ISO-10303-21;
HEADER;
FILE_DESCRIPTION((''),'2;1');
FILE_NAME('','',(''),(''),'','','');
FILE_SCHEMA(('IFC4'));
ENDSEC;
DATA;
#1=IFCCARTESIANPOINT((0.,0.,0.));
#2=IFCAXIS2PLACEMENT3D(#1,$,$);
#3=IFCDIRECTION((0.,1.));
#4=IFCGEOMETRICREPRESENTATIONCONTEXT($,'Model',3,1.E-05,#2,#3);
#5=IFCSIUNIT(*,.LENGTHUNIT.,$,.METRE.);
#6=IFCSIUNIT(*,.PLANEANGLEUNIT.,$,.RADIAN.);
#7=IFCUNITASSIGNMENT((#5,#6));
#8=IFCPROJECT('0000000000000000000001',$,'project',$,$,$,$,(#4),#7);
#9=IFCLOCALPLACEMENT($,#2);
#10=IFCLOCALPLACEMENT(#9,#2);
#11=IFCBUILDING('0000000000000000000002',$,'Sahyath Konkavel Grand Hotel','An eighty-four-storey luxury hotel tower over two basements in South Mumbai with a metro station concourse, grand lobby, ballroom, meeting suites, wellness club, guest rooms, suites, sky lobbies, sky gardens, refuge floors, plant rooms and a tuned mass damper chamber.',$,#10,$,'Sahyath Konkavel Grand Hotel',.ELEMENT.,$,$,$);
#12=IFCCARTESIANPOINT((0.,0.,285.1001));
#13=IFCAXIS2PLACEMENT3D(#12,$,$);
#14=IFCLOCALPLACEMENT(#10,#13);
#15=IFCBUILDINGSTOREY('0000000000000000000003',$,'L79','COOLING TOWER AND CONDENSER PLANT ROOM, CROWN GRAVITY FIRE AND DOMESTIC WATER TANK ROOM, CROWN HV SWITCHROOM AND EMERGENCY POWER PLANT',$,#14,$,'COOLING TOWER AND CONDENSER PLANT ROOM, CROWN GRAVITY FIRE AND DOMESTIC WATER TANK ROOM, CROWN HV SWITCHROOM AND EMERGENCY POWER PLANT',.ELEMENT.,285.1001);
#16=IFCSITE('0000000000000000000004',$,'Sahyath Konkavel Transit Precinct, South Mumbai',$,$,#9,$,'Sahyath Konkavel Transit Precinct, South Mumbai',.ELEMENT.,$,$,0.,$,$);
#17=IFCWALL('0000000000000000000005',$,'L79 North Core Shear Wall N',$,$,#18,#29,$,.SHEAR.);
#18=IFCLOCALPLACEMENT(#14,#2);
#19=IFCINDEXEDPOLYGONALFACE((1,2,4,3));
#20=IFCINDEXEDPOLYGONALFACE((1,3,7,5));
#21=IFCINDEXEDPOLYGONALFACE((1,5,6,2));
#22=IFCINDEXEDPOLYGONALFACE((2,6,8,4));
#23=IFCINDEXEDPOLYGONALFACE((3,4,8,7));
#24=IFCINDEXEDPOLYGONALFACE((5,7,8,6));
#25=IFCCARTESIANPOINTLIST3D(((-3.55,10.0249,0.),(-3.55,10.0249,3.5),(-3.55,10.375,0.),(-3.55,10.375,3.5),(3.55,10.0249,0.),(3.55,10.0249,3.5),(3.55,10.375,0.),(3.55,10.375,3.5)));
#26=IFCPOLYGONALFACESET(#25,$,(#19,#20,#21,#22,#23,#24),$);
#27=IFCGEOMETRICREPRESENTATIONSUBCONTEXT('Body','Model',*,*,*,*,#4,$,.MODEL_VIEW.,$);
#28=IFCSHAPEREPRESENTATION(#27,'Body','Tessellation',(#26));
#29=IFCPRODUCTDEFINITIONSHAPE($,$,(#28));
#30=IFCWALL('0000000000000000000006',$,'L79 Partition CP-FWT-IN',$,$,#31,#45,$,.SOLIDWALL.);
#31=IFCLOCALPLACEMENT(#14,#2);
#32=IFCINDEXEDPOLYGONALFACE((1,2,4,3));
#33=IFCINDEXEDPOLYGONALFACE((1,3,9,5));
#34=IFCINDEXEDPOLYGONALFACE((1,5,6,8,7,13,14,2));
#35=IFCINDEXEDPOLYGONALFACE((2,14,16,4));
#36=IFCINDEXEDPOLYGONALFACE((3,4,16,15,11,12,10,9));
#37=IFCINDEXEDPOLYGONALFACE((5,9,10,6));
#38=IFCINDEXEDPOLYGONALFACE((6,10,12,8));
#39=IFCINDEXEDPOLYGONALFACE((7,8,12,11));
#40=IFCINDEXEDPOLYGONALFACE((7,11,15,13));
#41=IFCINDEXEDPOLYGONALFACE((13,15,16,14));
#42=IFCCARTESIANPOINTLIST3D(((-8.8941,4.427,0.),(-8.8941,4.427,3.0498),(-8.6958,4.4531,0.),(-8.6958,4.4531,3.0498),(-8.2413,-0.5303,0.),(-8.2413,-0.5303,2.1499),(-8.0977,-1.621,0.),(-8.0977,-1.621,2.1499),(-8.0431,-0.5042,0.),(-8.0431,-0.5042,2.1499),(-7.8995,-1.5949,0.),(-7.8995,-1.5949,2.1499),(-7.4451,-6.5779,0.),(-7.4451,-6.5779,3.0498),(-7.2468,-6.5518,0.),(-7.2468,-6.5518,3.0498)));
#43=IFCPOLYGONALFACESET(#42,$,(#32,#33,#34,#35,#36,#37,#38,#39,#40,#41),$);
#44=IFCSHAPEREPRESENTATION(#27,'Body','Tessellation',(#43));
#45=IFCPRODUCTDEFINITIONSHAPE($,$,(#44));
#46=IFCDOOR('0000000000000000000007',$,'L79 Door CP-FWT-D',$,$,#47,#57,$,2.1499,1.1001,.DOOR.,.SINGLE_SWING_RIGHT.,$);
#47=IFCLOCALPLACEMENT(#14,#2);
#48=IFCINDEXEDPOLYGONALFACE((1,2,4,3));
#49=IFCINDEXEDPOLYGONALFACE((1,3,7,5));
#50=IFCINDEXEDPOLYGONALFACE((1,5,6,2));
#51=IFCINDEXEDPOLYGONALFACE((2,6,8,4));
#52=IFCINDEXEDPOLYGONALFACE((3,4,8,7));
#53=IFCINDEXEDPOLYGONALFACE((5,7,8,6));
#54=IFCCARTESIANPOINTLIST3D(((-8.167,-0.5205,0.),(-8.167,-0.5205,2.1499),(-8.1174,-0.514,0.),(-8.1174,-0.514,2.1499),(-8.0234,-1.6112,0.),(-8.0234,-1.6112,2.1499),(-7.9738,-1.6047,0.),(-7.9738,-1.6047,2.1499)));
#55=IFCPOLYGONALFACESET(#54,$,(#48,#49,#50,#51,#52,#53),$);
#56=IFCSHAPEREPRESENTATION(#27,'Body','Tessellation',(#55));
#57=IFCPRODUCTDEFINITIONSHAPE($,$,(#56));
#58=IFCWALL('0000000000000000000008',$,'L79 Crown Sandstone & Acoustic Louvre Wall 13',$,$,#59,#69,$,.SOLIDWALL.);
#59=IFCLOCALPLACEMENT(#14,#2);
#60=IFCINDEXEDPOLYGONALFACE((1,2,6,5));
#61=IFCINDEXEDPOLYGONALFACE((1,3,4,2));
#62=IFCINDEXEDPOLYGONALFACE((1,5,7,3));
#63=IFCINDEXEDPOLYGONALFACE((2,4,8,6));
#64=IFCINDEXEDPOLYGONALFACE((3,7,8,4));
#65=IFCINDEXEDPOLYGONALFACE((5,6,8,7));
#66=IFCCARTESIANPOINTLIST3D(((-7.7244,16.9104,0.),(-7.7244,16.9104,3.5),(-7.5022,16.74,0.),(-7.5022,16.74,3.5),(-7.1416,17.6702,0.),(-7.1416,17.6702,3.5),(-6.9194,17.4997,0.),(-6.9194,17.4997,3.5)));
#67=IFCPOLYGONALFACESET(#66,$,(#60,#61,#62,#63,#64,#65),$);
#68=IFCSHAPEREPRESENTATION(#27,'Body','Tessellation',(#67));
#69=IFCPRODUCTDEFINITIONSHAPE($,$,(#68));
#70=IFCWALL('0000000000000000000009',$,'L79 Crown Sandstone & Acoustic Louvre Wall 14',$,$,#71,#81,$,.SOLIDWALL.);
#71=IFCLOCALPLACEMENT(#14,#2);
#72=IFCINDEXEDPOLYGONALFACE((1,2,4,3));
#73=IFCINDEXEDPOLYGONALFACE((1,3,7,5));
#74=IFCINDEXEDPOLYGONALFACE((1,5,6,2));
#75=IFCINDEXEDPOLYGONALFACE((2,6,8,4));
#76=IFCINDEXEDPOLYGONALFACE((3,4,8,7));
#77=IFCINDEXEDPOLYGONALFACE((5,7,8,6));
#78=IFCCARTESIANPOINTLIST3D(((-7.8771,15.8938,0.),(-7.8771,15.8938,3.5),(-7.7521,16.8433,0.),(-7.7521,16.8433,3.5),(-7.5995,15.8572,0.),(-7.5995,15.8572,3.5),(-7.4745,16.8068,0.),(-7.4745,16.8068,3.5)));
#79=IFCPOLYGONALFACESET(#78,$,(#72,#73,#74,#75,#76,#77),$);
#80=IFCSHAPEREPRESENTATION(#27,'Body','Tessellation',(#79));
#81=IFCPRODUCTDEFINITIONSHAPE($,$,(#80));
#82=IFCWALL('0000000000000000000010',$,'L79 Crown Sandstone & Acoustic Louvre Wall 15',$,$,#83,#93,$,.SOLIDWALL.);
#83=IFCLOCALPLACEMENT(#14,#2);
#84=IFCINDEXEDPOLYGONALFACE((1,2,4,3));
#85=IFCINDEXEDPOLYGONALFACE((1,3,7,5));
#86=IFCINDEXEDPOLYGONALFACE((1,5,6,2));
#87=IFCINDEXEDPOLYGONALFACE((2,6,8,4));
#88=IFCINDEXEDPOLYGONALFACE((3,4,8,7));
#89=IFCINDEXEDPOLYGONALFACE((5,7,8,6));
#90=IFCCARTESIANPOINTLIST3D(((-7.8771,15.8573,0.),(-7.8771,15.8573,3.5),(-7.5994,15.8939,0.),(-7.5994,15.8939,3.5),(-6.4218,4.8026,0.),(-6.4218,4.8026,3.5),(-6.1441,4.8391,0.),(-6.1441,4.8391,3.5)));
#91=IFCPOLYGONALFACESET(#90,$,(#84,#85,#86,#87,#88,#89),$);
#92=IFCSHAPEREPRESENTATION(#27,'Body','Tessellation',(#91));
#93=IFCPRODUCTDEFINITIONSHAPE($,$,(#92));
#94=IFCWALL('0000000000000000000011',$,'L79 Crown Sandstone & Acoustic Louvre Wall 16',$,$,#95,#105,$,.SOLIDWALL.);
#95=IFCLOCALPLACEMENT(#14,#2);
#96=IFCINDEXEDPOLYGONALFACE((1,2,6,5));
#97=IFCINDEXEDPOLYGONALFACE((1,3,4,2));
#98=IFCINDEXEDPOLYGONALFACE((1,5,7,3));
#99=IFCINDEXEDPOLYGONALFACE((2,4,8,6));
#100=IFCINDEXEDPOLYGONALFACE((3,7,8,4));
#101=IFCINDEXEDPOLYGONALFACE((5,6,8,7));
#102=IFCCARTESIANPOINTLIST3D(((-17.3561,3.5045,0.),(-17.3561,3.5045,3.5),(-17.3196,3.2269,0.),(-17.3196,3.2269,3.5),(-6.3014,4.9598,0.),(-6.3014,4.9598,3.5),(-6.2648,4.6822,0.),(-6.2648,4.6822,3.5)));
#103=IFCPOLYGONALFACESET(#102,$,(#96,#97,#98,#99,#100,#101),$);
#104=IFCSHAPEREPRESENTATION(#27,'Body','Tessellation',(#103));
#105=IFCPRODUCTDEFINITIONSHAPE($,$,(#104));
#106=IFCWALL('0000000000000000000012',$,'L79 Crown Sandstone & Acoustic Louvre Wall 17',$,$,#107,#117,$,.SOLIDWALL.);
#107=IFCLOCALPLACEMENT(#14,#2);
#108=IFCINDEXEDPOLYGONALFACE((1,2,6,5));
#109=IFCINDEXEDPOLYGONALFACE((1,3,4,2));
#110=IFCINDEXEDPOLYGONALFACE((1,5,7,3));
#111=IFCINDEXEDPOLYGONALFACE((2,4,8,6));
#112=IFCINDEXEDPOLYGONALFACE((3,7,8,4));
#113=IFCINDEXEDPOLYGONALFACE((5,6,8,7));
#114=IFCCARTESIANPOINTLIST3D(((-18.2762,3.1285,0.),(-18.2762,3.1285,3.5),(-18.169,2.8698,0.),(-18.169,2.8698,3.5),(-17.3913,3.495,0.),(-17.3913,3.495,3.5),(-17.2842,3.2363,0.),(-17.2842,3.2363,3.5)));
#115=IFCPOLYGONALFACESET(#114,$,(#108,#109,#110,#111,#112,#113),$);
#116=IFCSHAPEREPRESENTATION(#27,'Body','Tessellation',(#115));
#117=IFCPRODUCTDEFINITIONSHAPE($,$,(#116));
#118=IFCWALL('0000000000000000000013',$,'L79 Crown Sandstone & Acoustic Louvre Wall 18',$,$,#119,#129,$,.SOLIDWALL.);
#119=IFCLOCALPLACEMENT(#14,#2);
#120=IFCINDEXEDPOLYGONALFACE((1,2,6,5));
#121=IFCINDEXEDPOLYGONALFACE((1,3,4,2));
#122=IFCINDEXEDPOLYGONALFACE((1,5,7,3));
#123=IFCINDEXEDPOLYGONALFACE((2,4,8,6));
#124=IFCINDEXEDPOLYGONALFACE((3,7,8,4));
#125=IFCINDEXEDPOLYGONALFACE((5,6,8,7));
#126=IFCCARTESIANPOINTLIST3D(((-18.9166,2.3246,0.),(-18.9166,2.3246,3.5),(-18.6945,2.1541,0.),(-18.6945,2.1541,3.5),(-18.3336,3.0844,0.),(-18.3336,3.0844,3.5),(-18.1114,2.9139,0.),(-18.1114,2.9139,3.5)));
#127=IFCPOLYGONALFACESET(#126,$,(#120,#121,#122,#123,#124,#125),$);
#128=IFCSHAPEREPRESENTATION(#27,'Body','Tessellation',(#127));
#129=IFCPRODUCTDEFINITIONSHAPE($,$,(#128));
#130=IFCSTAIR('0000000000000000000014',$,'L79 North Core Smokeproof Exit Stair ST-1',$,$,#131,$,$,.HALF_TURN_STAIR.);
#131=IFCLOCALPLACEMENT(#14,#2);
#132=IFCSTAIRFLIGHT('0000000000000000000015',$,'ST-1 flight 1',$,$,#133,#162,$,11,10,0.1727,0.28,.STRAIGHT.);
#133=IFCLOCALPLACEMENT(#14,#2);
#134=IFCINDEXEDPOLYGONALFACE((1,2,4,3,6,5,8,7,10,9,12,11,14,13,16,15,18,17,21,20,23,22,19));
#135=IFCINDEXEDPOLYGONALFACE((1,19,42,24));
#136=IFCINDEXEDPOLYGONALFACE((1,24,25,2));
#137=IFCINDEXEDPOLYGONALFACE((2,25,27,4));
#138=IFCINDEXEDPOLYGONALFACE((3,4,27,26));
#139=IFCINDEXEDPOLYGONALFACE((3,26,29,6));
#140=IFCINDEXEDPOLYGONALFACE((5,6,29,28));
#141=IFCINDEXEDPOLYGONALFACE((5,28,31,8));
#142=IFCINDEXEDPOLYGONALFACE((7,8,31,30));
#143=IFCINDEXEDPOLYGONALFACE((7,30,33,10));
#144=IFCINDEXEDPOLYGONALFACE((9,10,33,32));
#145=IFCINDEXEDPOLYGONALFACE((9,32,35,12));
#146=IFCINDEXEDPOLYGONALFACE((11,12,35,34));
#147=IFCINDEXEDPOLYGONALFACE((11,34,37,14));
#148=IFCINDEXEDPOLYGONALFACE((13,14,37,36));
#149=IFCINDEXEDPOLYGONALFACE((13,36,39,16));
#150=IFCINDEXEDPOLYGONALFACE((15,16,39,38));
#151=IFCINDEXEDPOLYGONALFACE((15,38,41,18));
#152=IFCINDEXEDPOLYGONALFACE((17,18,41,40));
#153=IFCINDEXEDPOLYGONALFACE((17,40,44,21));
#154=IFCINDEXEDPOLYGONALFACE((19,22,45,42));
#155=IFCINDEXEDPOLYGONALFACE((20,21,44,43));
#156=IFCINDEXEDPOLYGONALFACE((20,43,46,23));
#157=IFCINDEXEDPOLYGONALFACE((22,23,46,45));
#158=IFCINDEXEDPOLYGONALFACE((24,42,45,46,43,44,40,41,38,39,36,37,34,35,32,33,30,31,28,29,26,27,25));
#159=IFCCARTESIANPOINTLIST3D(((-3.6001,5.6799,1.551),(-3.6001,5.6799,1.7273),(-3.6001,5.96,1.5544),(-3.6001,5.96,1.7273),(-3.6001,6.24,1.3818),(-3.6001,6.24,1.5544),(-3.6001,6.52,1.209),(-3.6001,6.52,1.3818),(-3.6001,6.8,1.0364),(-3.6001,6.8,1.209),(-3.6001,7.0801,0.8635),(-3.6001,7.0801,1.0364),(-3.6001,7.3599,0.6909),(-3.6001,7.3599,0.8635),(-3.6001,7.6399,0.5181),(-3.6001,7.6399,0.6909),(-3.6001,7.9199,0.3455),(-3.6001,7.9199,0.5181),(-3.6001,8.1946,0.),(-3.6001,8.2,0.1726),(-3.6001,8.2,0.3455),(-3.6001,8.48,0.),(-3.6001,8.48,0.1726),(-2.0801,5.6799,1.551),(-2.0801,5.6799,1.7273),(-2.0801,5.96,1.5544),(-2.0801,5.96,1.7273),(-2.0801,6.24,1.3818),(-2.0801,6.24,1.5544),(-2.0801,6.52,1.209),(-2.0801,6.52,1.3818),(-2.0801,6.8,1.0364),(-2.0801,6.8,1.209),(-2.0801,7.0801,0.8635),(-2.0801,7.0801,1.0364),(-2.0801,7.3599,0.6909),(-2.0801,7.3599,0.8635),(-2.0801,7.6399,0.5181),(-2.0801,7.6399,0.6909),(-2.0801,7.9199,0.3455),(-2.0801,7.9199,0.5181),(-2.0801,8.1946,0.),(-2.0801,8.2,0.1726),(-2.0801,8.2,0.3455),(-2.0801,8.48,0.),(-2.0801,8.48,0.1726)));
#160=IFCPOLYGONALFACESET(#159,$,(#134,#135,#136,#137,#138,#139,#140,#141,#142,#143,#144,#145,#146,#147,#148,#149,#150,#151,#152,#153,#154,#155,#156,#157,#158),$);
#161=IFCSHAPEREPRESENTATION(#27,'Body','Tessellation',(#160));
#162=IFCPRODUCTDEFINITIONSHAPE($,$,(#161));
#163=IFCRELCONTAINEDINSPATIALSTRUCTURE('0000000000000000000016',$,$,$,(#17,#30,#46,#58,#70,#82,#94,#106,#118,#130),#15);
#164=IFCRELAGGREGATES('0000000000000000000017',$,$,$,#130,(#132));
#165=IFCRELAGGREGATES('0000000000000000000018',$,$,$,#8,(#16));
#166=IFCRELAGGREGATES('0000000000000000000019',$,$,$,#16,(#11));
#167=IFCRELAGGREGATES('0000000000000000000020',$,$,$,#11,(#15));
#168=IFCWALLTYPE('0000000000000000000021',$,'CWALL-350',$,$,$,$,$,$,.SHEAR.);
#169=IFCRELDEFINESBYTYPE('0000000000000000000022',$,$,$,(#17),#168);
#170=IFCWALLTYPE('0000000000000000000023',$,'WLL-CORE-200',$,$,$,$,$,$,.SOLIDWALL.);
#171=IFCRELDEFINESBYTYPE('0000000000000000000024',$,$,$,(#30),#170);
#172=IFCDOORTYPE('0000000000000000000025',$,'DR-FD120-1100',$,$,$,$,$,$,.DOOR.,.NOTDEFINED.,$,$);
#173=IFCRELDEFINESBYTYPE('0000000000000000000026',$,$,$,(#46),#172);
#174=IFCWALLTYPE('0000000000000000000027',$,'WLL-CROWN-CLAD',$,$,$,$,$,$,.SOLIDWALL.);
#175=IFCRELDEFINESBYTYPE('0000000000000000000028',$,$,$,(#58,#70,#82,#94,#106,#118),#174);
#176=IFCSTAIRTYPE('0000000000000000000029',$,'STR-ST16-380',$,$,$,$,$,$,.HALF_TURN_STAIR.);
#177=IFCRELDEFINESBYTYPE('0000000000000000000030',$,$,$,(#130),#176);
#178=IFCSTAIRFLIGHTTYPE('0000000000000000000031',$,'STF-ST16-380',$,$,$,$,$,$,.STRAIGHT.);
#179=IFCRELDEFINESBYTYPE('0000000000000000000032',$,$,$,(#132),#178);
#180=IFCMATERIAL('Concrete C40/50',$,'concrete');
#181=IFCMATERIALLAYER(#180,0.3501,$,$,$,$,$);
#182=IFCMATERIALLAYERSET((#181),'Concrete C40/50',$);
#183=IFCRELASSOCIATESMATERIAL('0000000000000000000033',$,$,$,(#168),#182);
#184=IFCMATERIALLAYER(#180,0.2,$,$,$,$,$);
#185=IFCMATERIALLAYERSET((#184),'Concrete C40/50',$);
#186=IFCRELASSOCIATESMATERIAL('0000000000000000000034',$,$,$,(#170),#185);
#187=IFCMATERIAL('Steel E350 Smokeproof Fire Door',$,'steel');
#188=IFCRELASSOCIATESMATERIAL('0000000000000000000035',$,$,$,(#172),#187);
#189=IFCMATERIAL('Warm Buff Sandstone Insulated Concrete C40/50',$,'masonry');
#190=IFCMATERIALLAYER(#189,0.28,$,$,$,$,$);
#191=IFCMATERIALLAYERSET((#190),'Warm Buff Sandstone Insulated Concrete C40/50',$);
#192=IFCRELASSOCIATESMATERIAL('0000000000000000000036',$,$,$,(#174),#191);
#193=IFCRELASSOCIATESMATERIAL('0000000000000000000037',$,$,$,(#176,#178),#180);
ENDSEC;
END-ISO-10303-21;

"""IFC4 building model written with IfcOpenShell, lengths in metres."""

from ifc_helpers import new_model, si_unit, direction, frame, frame_2d, origin, origin_2d, place, context, subcontext, project, spatial, polyline, rectangle, outline, extrude, source, transform, mapped, material, layer, layer_set, type_object, element, fill, aggregate, save


model = new_model("IFC4")

# Units and contexts
model_context = context("Model", 3, precision=1e-05, world=origin(), true_north=direction((0.0, 1.0)))
body_context = subcontext(model_context, "Body", "Model", "MODEL_VIEW")
ifc_project = project(units=[si_unit("LENGTHUNIT", "METRE"), si_unit("PLANEANGLEUNIT", "RADIAN")], contexts=[model_context])

# Site, building, storey
site_placement = place(None, origin())
site = spatial("IfcSite", under=ifc_project, at=site_placement, Name="Sahyath Konkavel Transit Precinct, South Mumbai", LongName="Sahyath Konkavel Transit Precinct, South Mumbai", CompositionType="ELEMENT", RefElevation=0.0)
building_placement = place(site_placement, origin())
building = spatial("IfcBuilding", under=site, at=building_placement, Name="Sahyath Konkavel Grand Hotel", Description="An eighty-four-storey luxury hotel tower over two basements in South Mumbai with a metro station concourse, grand lobby, ballroom, meeting suites, wellness club, guest rooms, suites, sky lobbies, sky gardens, refuge floors, plant rooms and a tuned mass damper chamber.", LongName="Sahyath Konkavel Grand Hotel", CompositionType="ELEMENT")
storey_placement = place(building_placement, frame((0.0, 0.0, 285.1001)))
storey = spatial("IfcBuildingStorey", under=building, at=storey_placement, Name="L79", Description="COOLING TOWER AND CONDENSER PLANT ROOM, CROWN GRAVITY FIRE AND DOMESTIC WATER TANK ROOM, CROWN HV SWITCHROOM AND EMERGENCY POWER PLANT", LongName="COOLING TOWER AND CONDENSER PLANT ROOM, CROWN GRAVITY FIRE AND DOMESTIC WATER TANK ROOM, CROWN HV SWITCHROOM AND EMERGENCY POWER PLANT", CompositionType="ELEMENT", Elevation=285.1001)

# Shared definitions
ifc_material_1 = material(Name="Concrete C40/50", Category="concrete")

# Wall
ifc_layer_1 = layer(ifc_material_1, 0.3501)
ifc_layer_set_1 = layer_set([ifc_layer_1], Name="Concrete C40/50")
wall_type_1 = type_object("IfcWallType", Name="CWALL-350", PredefinedType="SHEAR", material=ifc_layer_set_1)
wall_1_placement = place(storey_placement, frame((-3.55, 10.2, 0.0), z_axis=(0.0, 0.0, 1.0), x_axis=(1.0, 0.0, 0.0)))
element("IfcWall", 1, at=wall_1_placement, inside=storey, type_object=wall_type_1, Name="L79 North Core Shear Wall N", PredefinedType="SHEAR", context=body_context, shape_type="SweptSolid", body=[
    extrude(rectangle(XDim=7.1001, YDim=0.3501, at=frame_2d((3.55, 0.0))), origin(), (0.0, 0.0, 1.0), 3.5),
])

# Wall, opening, door
ifc_layer_2 = layer(ifc_material_1, 0.2)
ifc_layer_set_2 = layer_set([ifc_layer_2], Name="Concrete C40/50")
wall_type_2 = type_object("IfcWallType", Name="WLL-CORE-200", PredefinedType="SOLIDWALL", material=ifc_layer_set_2)
wall_2_placement = place(storey_placement, frame((-8.7949, 4.4399, 0.0), z_axis=(0.0, 0.0, 1.0), x_axis=(0.13054, -0.991443, 0.0)))
wall_2 = element("IfcWall", 2, at=wall_2_placement, inside=storey, type_object=wall_type_2, Name="L79 Partition CP-FWT-IN", PredefinedType="SOLIDWALL", context=body_context, shape_type="SweptSolid", body=[
    extrude(rectangle(XDim=11.0999, YDim=0.2, at=frame_2d((5.5498, 0.0))), origin(), (0.0, 0.0, 1.0), 3.0498),
])
opening_placement = place(wall_2_placement, frame((5.0, 0.0, 0.0)))
opening = element("IfcOpeningElement", 3, at=opening_placement, cuts=wall_2, PredefinedType="OPENING", context=body_context, shape_type="SweptSolid", body=[
    extrude(rectangle(XDim=1.1001, YDim=2.1499, at=frame_2d((0.55, 1.075))), frame((0.0, 0.1099, 0.0), z_axis=(0.0, -1.0, 0.0), x_axis=(1.0, 0.0, 0.0)), (0.0, 0.0, 1.0), 0.22),
])
ifc_material_2 = material(Name="Steel E350 Smokeproof Fire Door", Category="steel")
door_type = type_object("IfcDoorType", Name="DR-FD120-1100", OperationType="NOTDEFINED", PredefinedType="DOOR", material=ifc_material_2)
shared_shape_1 = source(origin(), body_context, "Body", "SweptSolid", [
    extrude(rectangle(XDim=1.1001, YDim=0.05, at=origin_2d()), origin(), (0.0, 0.0, 1.0), 2.1499),
])
door_placement = place(opening_placement, frame((0.55, 0.0, 0.0)))
door = element("IfcDoor", 4, at=door_placement, inside=storey, type_object=door_type, Name="L79 Door CP-FWT-D", OperationType="SINGLE_SWING_RIGHT", OverallHeight=2.1499, OverallWidth=1.1001, PredefinedType="DOOR", context=body_context, shape_type="MappedRepresentation", body=[
    mapped(shared_shape_1, transform((0.0, 0.0, 0.0), scale=1.0)),
])
fill(opening, door)

# Walls
ifc_material_3 = material(Name="Warm Buff Sandstone Insulated Concrete C40/50", Category="masonry")
ifc_layer_3 = layer(ifc_material_3, 0.28)
ifc_layer_set_3 = layer_set([ifc_layer_3], Name="Warm Buff Sandstone Insulated Concrete C40/50")
wall_type_3 = type_object("IfcWallType", Name="WLL-CROWN-CLAD", PredefinedType="SOLIDWALL", material=ifc_layer_set_3)
wall_3_placement = place(storey_placement, frame((-7.0305, 17.585, 0.0), z_axis=(0.0, 0.0, 1.0), x_axis=(-0.608614, -0.793467, 0.0)))
element("IfcWall", 5, at=wall_3_placement, inside=storey, type_object=wall_type_3, Name="L79 Crown Sandstone & Acoustic Louvre Wall 13", PredefinedType="SOLIDWALL", context=body_context, shape_type="SweptSolid", body=[
    extrude(rectangle(XDim=0.9575, YDim=0.28, at=frame_2d((0.4788, 0.0))), origin(), (0.0, 0.0, 1.0), 3.5),
])
wall_4_placement = place(storey_placement, frame((-7.6133, 16.8252, 0.0), z_axis=(0.0, 0.0, 1.0), x_axis=(-0.130527, -0.991445, 0.0)))
element("IfcWall", 6, at=wall_4_placement, inside=storey, type_object=wall_type_3, Name="L79 Crown Sandstone & Acoustic Louvre Wall 14", PredefinedType="SOLIDWALL", context=body_context, shape_type="SweptSolid", body=[
    extrude(rectangle(XDim=0.9578, YDim=0.28, at=frame_2d((0.479, 0.0))), origin(), (0.0, 0.0, 1.0), 3.5),
])
for number, where, z_axis, x_axis, name in (
    (7, (-7.7383, 15.8757, 0.0), (0.0, 0.0, 1.0), (0.130521, -0.991445, 0.0), "L79 Crown Sandstone & Acoustic Louvre Wall 15"),
    (8, (-6.283, 4.821, 0.0), (0.0, 0.0, 1.0), (-0.991445, -0.130521, 0.0), "L79 Crown Sandstone & Acoustic Louvre Wall 16"),
):
    element("IfcWall", number, at=place(storey_placement, frame(where, z_axis=z_axis, x_axis=x_axis)), inside=storey, type_object=wall_type_3, Name=name, PredefinedType="SOLIDWALL", context=body_context, shape_type="SweptSolid", body=[
        extrude(rectangle(XDim=11.1501, YDim=0.28, at=frame_2d((5.5752, 0.0))), origin(), (0.0, 0.0, 1.0), 3.5),
    ])
for number, where, z_axis, x_axis, name in (
    (9, (-17.3376, 3.3657, 0.0), (0.0, 0.0, 1.0), (-0.923889, -0.38266, 0.0), "L79 Crown Sandstone & Acoustic Louvre Wall 17"),
    (10, (-18.2224, 2.9993, 0.0), (0.0, 0.0, 1.0), (-0.608774, -0.793344, 0.0), "L79 Crown Sandstone & Acoustic Louvre Wall 18"),
):
    element("IfcWall", number, at=place(storey_placement, frame(where, z_axis=z_axis, x_axis=x_axis)), inside=storey, type_object=wall_type_3, Name=name, PredefinedType="SOLIDWALL", context=body_context, shape_type="SweptSolid", body=[
        extrude(rectangle(XDim=0.9578, YDim=0.28, at=frame_2d((0.479, 0.0))), origin(), (0.0, 0.0, 1.0), 3.5),
    ])

# Stair, stair flight
stair_type = type_object("IfcStairType", Name="STR-ST16-380", PredefinedType="HALF_TURN_STAIR", material=ifc_material_1)
stair_placement = place(storey_placement, origin())
stair = element("IfcStair", 11, at=stair_placement, inside=storey, type_object=stair_type, Name="L79 North Core Smokeproof Exit Stair ST-1", PredefinedType="HALF_TURN_STAIR")
stair_flight_type = type_object("IfcStairFlightType", Name="STF-ST16-380", PredefinedType="STRAIGHT", material=ifc_material_1)
stair_flight_1_placement = place(storey_placement, frame((-2.8401, 8.48, 0.0), z_axis=(0.0, 0.0, 1.0), x_axis=(0.0, -1.0, 0.0)))
stair_flight_1 = element("IfcStairFlight", 12, at=stair_flight_1_placement, type_object=stair_flight_type, Name="ST-1 flight 1", NumberOfRisers=11, NumberOfTreads=10, PredefinedType="STRAIGHT", RiserHeight=0.1727, TreadLength=0.28, context=body_context, shape_type="SweptSolid", body=[
    extrude(outline(polyline([(0.0, 0.0), (0.0, 0.1726), (0.28, 0.1726), (0.28, 0.3455), (0.5601, 0.3455), (0.5601, 0.5181), (0.8401, 0.5181), (0.8401, 0.6909), (1.1201, 0.6909), (1.1201, 0.8635), (1.3999, 0.8635), (1.3999, 1.0364), (1.6799, 1.0364), (1.6799, 1.209), (1.96, 1.209), (1.96, 1.3818), (2.24, 1.3818), (2.24, 1.5544), (2.52, 1.5544), (2.52, 1.7273), (2.8, 1.7273), (2.8, 1.8999), (2.8, 1.551), (0.2854, 0.0), (0.0, 0.0)])), frame((0.0, 0.76, 0.0), z_axis=(0.0, -1.0, 0.0), x_axis=(1.0, 0.0, 0.0)), (0.0, 0.0, 1.0), 1.52),
])
aggregate(stair, [stair_flight_1])

save(model, "model.ifc")
